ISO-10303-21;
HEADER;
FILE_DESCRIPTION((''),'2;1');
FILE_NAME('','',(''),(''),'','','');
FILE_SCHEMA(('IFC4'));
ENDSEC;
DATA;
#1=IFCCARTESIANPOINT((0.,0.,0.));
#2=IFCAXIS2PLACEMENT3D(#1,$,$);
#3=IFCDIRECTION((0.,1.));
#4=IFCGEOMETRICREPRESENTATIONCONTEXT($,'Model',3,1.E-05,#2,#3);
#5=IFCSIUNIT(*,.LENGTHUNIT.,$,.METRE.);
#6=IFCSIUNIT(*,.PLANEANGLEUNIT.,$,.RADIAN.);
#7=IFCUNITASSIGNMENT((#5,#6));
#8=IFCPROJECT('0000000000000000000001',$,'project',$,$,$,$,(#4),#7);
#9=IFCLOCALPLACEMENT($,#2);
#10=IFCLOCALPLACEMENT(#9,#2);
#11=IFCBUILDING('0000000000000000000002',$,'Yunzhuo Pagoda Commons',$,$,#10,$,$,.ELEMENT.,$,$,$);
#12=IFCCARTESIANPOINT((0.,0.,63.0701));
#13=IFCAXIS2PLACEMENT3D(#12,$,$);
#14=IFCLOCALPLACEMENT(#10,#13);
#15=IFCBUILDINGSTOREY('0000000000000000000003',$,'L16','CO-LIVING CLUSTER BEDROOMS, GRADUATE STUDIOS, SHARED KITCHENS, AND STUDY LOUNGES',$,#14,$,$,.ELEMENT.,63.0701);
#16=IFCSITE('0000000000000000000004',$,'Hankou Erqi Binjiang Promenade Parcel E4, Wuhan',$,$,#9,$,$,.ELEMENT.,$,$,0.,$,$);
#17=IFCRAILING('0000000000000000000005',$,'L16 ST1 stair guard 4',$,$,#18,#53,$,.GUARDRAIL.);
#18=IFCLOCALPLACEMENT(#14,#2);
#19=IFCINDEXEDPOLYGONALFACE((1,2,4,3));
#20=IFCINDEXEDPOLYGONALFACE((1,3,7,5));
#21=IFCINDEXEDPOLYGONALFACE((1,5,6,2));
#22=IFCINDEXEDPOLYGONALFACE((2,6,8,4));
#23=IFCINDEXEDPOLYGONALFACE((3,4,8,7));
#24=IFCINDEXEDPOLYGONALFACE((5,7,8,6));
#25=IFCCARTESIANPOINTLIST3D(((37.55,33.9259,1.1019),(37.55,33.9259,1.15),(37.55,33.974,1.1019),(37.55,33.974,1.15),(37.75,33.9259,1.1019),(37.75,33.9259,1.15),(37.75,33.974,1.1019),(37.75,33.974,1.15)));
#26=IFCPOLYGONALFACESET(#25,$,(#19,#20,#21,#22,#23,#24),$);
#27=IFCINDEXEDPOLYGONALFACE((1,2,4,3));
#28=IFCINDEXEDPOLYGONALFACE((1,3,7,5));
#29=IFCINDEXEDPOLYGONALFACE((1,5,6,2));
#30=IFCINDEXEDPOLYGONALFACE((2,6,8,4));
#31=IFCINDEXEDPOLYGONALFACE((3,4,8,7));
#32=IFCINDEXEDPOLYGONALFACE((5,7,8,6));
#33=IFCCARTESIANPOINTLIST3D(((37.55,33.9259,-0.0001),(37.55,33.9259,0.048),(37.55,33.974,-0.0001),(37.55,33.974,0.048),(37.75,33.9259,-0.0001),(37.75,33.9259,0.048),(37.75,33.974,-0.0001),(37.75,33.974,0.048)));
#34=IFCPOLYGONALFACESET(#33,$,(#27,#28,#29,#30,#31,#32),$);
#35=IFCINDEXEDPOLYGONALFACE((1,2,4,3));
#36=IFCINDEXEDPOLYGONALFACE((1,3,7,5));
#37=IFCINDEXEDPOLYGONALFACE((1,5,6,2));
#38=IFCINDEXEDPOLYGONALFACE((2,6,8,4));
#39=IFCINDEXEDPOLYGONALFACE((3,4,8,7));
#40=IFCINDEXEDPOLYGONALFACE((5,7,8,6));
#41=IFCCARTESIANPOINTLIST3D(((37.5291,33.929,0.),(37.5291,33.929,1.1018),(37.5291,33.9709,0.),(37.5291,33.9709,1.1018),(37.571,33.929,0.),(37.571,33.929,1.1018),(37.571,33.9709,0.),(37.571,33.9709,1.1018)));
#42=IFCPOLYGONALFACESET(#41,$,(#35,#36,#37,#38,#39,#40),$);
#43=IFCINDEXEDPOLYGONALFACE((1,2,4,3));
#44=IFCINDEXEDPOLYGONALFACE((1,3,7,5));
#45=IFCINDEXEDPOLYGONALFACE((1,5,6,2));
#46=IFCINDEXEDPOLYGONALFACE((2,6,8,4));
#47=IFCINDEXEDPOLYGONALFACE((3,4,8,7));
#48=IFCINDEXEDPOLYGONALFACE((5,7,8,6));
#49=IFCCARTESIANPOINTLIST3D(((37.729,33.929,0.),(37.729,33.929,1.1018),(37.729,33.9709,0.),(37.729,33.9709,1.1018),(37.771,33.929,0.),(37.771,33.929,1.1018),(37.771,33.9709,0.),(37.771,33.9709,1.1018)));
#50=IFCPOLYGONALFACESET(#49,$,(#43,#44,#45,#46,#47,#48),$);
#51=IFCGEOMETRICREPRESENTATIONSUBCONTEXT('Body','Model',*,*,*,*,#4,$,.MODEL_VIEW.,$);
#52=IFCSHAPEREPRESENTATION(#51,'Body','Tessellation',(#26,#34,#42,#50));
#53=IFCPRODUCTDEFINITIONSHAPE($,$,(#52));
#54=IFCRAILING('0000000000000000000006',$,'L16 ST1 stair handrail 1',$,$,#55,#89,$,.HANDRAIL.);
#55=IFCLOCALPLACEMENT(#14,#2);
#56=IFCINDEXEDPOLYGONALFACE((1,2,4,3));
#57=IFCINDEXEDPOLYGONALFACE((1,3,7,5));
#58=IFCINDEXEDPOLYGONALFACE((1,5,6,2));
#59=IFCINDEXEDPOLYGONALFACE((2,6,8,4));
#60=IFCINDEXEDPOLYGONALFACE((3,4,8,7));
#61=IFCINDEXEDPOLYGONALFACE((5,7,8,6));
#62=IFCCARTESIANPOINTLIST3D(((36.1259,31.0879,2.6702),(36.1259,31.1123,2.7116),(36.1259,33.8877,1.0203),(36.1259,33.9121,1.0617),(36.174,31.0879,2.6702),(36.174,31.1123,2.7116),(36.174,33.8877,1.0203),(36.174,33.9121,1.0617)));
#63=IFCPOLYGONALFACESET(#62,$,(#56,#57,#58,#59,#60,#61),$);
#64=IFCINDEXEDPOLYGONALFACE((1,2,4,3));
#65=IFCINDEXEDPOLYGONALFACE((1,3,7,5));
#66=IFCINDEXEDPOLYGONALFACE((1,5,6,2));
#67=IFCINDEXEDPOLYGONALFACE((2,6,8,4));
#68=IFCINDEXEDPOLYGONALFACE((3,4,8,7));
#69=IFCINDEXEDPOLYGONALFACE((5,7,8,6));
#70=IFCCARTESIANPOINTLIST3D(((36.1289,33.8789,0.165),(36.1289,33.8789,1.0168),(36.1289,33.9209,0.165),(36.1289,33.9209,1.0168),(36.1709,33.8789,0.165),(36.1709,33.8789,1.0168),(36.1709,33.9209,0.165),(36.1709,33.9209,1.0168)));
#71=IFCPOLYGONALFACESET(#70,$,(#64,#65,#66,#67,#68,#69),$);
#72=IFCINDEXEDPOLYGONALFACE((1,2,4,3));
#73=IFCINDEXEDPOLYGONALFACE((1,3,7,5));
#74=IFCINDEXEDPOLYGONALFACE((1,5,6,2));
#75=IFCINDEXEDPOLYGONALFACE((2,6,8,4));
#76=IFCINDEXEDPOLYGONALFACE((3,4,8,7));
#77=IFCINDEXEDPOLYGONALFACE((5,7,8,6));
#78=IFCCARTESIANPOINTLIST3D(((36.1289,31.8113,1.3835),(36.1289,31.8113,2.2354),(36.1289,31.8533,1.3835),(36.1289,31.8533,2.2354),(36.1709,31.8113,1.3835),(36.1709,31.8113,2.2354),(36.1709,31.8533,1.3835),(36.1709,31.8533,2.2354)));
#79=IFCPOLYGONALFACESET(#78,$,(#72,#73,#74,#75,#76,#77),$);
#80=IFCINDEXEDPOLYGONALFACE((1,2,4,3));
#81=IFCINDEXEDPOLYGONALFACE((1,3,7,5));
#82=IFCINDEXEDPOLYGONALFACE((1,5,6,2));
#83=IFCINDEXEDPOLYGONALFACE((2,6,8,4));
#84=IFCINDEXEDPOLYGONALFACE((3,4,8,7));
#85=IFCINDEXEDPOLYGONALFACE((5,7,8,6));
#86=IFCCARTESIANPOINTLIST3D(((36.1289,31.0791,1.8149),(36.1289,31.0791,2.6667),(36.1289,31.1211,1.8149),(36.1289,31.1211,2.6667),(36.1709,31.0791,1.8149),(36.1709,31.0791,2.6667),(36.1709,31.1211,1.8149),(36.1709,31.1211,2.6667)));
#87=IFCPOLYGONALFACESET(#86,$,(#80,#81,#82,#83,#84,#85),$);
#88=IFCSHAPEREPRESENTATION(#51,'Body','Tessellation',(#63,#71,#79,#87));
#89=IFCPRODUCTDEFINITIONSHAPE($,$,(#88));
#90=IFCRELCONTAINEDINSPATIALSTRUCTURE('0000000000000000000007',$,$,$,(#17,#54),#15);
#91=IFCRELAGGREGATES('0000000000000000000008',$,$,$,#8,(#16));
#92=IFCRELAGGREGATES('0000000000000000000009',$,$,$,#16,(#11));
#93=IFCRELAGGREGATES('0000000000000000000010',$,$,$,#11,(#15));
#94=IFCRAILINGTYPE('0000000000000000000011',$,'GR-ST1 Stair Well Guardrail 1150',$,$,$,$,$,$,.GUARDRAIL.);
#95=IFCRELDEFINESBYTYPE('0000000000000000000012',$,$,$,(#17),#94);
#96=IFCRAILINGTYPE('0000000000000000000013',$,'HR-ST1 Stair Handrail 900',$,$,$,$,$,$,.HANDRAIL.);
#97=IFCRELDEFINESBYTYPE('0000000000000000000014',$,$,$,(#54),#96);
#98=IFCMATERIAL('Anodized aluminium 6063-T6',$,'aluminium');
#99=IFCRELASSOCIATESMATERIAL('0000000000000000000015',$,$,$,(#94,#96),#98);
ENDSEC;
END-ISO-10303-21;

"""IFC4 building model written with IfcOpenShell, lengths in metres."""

from ifc_helpers import new_model, si_unit, direction, frame, origin, origin_2d, place, context, subcontext, project, spatial, rectangle, extrude, material, type_object, element, save


model = new_model("IFC4")

# Units and contexts
model_context = context("Model", 3, precision=1e-05, world=origin(), true_north=direction((0.0, 1.0)))
body_context = subcontext(model_context, "Body", "Model", "MODEL_VIEW")
ifc_project = project(units=[si_unit("LENGTHUNIT", "METRE"), si_unit("PLANEANGLEUNIT", "RADIAN")], contexts=[model_context])

# Site, building, storey
site_placement = place(None, origin())
site = spatial("IfcSite", under=ifc_project, at=site_placement, Name="Hankou Erqi Binjiang Promenade Parcel E4, Wuhan", CompositionType="ELEMENT", RefElevation=0.0)
building_placement = place(site_placement, origin())
building = spatial("IfcBuilding", under=site, at=building_placement, Name="Yunzhuo Pagoda Commons", CompositionType="ELEMENT")
storey_placement = place(building_placement, frame((0.0, 0.0, 63.0701)))
storey = spatial("IfcBuildingStorey", under=building, at=storey_placement, Name="L16", Description="CO-LIVING CLUSTER BEDROOMS, GRADUATE STUDIOS, SHARED KITCHENS, AND STUDY LOUNGES", CompositionType="ELEMENT", Elevation=63.0701)

# Railings
ifc_material_1 = material(Name="Anodized aluminium 6063-T6", Category="aluminium")
railing_type_1 = type_object("IfcRailingType", Name="GR-ST1 Stair Well Guardrail 1150", PredefinedType="GUARDRAIL", material=ifc_material_1)
railing_1_placement = place(storey_placement, frame((37.55, 33.95, 0.0)))
element("IfcRailing", 1, at=railing_1_placement, inside=storey, type_object=railing_type_1, Name="L16 ST1 stair guard 4", PredefinedType="GUARDRAIL", context=body_context, shape_type="SweptSolid", body=[
    extrude(rectangle(XDim=0.0481, YDim=0.0481, at=origin_2d()), frame((0.0, 0.0, 1.126), z_axis=(1.0, 0.0, 0.0), x_axis=(0.0, 1.0, 0.0)), (0.0, 0.0, 1.0), 0.2),
    extrude(rectangle(XDim=0.0481, YDim=0.0481, at=origin_2d()), frame((0.0, 0.0, 0.0239), z_axis=(1.0, 0.0, 0.0), x_axis=(0.0, 1.0, 0.0)), (0.0, 0.0, 1.0), 0.2),
    extrude(rectangle(XDim=0.042, YDim=0.042, at=origin_2d()), origin(), (0.0, 0.0, 1.0), 1.1018),
    extrude(rectangle(XDim=0.042, YDim=0.042, at=origin_2d()), frame((0.2, 0.0, 0.0)), (0.0, 0.0, 1.0), 1.1018),
])
railing_type_2 = type_object("IfcRailingType", Name="HR-ST1 Stair Handrail 900", PredefinedType="HANDRAIL", material=ifc_material_1)
railing_2_placement = place(storey_placement, frame((36.1499, 33.8999, 0.165)))
element("IfcRailing", 2, at=railing_2_placement, inside=storey, type_object=railing_type_2, Name="L16 ST1 stair handrail 1", PredefinedType="HANDRAIL", context=body_context, shape_type="SweptSolid", body=[
    extrude(rectangle(XDim=0.0481, YDim=0.0481, at=origin_2d()), frame((0.0, 0.0, 0.876), z_axis=(0.0, -0.861536, 0.507696), x_axis=(1.0, 0.0, 0.0)), (0.0, 0.0, 1.0), 3.2498),
    extrude(rectangle(XDim=0.042, YDim=0.042, at=origin_2d()), origin(), (0.0, 0.0, 1.0), 0.8518),
    extrude(rectangle(XDim=0.042, YDim=0.042, at=origin_2d()), frame((0.0, -2.0676, 1.2185)), (0.0, 0.0, 1.0), 0.8518),
    extrude(rectangle(XDim=0.042, YDim=0.042, at=origin_2d()), frame((0.0, -2.7998, 1.6499)), (0.0, 0.0, 1.0), 0.8518),
])

save(model, "model.ifc")
